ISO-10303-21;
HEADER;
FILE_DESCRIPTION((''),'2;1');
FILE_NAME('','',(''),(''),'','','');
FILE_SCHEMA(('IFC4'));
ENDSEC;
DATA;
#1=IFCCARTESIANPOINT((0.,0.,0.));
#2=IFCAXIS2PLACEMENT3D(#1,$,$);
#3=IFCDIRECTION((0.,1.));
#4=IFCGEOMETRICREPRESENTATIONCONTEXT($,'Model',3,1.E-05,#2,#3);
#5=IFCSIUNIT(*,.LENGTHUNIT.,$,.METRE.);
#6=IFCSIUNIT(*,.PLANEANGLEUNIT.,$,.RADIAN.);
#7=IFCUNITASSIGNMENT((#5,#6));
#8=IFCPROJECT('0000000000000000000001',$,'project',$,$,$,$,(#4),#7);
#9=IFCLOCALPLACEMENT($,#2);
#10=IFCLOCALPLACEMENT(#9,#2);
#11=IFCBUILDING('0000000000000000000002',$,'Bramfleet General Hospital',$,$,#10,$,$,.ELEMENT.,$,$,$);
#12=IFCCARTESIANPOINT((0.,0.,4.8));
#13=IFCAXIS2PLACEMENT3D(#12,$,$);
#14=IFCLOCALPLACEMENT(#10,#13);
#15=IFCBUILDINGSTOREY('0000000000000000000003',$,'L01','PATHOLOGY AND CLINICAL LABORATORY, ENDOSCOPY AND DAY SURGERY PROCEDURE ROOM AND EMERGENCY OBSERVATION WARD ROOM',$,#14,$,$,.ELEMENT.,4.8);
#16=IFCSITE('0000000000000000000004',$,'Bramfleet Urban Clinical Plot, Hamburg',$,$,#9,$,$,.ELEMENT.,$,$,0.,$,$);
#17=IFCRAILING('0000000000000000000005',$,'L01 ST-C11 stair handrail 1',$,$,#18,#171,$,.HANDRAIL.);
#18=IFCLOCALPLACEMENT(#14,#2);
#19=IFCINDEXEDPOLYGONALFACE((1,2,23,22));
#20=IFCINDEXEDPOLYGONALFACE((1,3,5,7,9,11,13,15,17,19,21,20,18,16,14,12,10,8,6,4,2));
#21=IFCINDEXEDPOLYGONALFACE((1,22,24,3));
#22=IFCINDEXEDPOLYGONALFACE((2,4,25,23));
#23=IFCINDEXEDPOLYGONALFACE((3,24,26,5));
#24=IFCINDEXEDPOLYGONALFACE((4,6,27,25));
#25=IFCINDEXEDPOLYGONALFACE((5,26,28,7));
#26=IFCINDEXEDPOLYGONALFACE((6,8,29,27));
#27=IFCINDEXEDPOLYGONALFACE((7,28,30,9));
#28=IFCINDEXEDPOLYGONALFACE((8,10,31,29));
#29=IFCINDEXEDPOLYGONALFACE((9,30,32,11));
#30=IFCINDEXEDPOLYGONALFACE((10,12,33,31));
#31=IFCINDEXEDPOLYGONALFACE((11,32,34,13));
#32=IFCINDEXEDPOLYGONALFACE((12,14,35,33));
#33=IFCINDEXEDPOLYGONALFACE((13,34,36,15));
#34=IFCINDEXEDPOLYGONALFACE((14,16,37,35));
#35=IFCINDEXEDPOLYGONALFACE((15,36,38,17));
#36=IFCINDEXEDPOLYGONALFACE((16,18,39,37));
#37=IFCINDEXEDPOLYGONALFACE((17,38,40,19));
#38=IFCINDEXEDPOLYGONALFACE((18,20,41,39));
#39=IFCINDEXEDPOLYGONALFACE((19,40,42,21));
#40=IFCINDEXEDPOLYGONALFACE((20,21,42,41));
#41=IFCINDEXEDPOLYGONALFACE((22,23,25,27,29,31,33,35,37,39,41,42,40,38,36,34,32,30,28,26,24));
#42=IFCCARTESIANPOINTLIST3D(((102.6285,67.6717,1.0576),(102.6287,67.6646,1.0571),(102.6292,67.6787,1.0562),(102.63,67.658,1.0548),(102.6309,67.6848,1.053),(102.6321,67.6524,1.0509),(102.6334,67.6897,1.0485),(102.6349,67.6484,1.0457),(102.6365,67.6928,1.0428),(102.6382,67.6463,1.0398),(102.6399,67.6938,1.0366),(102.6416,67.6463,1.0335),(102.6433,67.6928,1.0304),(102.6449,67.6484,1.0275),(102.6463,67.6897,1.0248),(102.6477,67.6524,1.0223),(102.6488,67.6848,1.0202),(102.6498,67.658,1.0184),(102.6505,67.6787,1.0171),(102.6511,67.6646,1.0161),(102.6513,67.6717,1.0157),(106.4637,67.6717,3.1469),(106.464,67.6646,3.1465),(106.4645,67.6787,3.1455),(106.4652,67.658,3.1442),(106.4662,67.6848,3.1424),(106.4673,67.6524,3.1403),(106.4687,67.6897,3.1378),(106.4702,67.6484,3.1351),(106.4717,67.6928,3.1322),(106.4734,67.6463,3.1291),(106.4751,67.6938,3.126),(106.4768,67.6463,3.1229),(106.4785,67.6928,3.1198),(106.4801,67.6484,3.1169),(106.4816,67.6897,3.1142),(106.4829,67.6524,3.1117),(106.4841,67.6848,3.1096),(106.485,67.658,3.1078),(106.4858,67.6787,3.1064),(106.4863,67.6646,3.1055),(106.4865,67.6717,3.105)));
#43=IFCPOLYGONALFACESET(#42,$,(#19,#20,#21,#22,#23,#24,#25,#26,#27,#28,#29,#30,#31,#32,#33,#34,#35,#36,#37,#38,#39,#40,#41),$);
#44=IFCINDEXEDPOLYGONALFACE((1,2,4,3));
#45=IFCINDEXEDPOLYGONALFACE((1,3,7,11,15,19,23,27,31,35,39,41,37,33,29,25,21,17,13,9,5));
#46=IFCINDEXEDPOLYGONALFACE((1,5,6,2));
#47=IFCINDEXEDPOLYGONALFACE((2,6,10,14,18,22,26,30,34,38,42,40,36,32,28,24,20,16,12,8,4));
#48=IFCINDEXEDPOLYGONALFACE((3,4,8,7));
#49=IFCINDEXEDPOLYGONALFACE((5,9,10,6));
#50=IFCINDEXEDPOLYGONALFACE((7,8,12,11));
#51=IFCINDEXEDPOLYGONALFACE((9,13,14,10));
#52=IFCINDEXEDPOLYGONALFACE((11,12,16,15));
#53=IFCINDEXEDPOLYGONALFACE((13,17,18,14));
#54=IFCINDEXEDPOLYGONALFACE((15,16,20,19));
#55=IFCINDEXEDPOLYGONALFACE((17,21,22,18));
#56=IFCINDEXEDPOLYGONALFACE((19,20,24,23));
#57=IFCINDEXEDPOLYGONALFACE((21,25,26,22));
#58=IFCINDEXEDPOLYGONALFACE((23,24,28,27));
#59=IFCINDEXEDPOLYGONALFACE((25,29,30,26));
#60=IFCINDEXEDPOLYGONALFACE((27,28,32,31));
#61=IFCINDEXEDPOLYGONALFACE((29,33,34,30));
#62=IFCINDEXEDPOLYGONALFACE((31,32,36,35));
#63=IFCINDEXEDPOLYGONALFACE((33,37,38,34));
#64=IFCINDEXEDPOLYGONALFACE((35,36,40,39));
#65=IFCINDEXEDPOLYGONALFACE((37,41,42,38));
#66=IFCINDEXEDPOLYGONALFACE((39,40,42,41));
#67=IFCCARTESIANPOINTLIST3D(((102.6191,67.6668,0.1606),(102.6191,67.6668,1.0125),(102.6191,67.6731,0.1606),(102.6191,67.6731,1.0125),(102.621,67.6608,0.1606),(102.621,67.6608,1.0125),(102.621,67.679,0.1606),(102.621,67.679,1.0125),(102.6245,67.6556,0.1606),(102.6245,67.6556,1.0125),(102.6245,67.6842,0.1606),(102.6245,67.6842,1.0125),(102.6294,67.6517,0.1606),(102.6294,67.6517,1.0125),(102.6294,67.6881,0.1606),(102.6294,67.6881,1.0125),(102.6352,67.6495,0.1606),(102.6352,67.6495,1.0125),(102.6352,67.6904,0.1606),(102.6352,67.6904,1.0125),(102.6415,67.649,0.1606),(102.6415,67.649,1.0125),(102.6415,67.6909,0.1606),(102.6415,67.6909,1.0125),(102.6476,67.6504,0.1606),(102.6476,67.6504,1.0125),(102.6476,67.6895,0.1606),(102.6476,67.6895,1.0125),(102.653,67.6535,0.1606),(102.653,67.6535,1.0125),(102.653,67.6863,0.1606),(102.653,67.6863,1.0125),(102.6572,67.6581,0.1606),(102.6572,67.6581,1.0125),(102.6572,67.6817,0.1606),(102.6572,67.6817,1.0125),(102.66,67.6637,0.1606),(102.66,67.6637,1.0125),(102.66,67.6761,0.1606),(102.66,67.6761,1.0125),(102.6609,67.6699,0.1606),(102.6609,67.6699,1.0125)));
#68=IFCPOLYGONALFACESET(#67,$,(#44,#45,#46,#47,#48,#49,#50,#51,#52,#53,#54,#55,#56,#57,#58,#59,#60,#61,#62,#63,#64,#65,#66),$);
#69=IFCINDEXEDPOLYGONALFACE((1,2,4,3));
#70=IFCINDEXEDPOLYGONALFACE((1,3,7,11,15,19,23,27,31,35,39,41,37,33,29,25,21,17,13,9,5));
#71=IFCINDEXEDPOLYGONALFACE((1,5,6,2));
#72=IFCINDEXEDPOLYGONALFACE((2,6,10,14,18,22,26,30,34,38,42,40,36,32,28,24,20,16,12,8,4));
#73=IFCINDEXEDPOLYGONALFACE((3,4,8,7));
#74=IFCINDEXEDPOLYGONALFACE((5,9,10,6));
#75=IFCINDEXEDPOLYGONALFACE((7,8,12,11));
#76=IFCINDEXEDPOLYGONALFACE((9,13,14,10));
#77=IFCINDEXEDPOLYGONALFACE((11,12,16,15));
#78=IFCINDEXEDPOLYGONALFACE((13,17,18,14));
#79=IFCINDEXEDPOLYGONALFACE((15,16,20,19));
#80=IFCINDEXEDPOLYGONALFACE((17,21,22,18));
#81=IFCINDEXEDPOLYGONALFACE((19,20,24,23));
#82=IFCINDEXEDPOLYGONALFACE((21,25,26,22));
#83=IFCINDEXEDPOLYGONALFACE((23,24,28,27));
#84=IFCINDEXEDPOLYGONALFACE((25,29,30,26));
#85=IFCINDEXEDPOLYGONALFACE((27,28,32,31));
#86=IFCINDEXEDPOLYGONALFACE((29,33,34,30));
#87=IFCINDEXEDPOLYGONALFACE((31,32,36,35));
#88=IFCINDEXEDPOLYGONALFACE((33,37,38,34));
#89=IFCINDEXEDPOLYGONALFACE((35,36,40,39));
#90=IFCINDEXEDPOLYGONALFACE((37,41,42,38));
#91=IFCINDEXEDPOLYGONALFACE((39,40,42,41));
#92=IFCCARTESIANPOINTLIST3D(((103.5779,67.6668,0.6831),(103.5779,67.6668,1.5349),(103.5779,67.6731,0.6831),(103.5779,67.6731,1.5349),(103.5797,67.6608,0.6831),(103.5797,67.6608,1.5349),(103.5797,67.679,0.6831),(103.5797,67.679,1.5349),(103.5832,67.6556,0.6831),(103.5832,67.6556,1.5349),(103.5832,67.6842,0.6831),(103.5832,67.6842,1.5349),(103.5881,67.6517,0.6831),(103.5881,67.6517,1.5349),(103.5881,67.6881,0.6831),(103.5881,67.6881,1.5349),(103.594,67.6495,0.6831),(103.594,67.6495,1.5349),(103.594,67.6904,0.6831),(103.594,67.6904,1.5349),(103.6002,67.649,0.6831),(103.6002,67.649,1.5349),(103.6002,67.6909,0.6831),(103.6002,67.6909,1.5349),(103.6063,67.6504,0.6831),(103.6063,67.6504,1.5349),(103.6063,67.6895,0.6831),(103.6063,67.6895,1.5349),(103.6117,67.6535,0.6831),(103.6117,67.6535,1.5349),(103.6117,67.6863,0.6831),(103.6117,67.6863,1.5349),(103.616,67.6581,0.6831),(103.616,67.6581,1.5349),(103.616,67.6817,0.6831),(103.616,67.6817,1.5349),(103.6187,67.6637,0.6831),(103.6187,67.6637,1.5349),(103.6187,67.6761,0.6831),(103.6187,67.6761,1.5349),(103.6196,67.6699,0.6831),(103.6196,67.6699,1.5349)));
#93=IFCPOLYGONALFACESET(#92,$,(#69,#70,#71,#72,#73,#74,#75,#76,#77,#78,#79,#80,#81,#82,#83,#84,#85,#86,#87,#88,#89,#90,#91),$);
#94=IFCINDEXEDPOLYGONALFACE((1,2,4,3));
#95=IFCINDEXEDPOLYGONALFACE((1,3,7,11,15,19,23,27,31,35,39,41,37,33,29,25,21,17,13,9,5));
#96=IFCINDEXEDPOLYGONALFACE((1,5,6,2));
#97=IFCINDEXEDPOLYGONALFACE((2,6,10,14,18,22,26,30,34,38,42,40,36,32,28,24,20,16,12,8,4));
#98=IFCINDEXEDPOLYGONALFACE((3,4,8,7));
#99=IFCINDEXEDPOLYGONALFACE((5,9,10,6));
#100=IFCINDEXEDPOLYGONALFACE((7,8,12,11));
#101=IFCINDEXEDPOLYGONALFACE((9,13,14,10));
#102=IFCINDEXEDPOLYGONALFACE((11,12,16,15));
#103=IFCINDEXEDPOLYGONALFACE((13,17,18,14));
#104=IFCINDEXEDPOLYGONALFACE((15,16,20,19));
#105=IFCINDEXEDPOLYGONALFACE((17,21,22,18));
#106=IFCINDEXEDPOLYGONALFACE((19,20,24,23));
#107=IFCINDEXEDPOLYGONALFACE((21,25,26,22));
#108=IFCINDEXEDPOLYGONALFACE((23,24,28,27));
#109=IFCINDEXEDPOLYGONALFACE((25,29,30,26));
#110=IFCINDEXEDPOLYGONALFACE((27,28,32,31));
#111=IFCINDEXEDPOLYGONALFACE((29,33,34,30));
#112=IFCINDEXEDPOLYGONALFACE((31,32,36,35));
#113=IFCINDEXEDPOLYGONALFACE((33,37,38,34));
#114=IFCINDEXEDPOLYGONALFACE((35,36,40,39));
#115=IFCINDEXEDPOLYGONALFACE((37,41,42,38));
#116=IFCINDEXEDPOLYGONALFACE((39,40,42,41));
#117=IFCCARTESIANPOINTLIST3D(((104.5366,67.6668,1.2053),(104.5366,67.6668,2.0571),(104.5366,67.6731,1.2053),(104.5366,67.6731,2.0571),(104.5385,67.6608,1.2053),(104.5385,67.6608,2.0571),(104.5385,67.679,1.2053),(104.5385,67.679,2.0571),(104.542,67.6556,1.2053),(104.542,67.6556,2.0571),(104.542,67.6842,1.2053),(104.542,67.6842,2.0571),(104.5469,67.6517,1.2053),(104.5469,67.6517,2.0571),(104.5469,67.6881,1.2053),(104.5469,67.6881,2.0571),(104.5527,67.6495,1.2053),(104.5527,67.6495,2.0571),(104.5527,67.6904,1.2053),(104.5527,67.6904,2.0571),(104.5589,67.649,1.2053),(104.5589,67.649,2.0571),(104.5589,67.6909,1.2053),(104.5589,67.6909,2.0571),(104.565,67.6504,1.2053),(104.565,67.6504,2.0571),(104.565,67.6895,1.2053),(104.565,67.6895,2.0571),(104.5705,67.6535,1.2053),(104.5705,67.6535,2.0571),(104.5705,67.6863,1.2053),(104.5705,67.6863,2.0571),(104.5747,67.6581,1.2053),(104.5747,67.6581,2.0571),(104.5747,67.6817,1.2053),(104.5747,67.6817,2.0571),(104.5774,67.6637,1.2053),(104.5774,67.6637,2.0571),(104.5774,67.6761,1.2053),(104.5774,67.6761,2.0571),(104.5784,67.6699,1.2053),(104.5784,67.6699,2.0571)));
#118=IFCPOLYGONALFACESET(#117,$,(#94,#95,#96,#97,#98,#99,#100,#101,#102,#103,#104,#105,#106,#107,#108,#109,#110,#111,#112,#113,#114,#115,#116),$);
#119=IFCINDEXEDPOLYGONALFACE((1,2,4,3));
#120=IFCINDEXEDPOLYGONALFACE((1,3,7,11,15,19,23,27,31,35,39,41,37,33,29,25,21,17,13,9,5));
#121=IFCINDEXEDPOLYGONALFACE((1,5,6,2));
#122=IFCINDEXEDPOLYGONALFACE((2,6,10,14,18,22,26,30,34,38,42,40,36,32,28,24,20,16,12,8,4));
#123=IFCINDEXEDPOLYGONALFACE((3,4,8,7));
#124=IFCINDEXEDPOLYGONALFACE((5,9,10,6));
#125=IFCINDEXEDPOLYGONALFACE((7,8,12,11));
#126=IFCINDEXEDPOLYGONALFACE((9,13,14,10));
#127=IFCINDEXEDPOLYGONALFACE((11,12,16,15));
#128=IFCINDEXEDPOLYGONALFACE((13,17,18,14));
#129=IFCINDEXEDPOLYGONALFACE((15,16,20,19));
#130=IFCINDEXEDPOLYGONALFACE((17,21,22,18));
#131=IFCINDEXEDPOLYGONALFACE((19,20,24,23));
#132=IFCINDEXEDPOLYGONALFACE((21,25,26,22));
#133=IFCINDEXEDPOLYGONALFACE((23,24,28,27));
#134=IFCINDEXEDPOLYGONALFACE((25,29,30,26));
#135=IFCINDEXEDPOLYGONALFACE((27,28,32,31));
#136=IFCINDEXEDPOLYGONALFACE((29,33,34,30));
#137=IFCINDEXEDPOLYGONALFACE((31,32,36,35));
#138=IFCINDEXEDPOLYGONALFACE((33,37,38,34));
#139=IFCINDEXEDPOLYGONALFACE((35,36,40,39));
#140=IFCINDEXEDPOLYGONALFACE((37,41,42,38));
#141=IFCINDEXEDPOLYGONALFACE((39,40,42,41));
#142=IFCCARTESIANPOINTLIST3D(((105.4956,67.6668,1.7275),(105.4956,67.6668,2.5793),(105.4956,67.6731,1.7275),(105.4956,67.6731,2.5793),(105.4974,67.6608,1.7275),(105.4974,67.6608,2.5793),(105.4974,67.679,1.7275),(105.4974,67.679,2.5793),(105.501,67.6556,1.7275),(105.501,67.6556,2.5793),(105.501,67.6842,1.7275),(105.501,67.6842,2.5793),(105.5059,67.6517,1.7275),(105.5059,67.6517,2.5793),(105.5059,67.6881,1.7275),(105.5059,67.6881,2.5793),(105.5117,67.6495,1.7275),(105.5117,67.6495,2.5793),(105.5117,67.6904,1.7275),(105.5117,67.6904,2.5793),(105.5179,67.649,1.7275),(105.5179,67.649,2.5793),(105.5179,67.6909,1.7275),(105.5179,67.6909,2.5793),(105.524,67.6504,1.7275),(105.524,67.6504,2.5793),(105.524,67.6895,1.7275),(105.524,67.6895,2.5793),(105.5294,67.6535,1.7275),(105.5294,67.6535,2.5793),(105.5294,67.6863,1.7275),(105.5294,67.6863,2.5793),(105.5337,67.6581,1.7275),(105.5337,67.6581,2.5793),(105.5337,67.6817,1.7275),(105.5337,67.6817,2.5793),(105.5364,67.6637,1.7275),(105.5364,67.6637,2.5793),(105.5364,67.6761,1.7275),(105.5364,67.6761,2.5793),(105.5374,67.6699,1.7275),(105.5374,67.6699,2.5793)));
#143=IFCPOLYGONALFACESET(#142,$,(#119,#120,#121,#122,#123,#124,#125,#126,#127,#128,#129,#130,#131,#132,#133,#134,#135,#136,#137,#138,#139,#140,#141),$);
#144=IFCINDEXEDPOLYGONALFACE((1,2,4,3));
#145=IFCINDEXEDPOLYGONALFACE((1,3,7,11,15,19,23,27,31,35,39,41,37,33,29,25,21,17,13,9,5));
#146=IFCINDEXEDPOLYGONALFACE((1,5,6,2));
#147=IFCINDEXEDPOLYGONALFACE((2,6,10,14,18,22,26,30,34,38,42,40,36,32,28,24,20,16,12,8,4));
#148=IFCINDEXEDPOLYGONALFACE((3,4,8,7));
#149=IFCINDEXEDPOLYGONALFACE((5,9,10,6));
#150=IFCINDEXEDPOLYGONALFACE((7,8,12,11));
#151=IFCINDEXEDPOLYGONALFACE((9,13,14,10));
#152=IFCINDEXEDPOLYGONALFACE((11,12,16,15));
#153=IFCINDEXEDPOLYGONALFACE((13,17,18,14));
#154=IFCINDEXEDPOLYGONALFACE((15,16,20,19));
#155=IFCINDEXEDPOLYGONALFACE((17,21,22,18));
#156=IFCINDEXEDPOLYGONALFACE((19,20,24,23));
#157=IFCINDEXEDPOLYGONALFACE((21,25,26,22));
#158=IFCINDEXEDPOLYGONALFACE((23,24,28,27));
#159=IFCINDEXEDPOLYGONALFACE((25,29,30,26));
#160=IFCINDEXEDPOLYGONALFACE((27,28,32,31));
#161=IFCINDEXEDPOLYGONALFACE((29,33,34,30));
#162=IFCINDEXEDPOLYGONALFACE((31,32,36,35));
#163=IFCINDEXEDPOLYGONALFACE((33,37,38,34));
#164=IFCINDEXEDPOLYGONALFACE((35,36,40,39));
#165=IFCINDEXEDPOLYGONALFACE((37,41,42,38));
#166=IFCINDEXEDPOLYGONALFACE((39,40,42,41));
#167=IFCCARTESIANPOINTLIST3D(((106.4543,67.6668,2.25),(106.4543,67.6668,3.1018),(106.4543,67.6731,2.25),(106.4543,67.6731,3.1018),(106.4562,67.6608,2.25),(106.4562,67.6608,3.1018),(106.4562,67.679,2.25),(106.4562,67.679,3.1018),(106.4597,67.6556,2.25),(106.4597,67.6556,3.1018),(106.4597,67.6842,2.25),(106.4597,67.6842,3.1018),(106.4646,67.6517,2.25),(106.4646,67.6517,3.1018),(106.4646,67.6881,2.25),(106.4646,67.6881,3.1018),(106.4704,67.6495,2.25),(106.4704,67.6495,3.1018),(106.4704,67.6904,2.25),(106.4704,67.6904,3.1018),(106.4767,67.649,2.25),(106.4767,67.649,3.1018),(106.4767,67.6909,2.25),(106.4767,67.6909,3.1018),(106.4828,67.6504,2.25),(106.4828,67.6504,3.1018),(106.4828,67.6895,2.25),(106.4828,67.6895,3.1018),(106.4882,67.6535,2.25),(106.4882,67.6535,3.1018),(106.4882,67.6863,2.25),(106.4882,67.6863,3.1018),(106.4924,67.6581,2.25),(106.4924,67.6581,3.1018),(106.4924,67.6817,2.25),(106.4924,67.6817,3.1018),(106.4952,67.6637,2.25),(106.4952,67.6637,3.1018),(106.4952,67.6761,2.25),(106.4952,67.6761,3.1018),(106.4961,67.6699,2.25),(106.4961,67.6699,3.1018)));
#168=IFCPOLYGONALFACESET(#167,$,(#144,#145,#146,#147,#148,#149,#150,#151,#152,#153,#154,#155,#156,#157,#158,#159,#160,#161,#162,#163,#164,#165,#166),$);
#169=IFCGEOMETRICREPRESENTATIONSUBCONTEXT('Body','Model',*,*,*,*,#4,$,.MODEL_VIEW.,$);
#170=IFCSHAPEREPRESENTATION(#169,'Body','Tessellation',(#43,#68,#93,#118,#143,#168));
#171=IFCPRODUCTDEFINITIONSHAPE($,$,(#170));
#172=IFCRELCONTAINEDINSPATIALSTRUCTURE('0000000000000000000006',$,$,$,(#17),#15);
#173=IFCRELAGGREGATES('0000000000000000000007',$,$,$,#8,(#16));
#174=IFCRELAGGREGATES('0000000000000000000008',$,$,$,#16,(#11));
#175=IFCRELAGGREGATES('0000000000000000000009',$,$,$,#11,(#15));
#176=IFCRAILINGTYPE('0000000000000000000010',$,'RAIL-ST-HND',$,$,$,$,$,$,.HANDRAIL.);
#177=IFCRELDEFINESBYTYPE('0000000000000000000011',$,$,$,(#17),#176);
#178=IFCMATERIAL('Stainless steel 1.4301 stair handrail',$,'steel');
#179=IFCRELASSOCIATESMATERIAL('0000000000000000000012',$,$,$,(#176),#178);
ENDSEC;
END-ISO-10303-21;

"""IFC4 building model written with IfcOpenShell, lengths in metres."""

from ifc_helpers import new_model, si_unit, direction, frame, origin, origin_2d, place, context, subcontext, project, spatial, circle, extrude, material, type_object, element, save


model = new_model("IFC4")

# Units and contexts
model_context = context("Model", 3, precision=1e-05, world=origin(), true_north=direction((0.0, 1.0)))
body_context = subcontext(model_context, "Body", "Model", "MODEL_VIEW")
ifc_project = project(units=[si_unit("LENGTHUNIT", "METRE"), si_unit("PLANEANGLEUNIT", "RADIAN")], contexts=[model_context])

# Site, building, storey
site_placement = place(None, origin())
site = spatial("IfcSite", under=ifc_project, at=site_placement, Name="Bramfleet Urban Clinical Plot, Hamburg", CompositionType="ELEMENT", RefElevation=0.0)
building_placement = place(site_placement, origin())
building = spatial("IfcBuilding", under=site, at=building_placement, Name="Bramfleet General Hospital", CompositionType="ELEMENT")
storey_placement = place(building_placement, frame((0.0, 0.0, 4.8)))
storey = spatial("IfcBuildingStorey", under=building, at=storey_placement, Name="L01", Description="PATHOLOGY AND CLINICAL LABORATORY, ENDOSCOPY AND DAY SURGERY PROCEDURE ROOM AND EMERGENCY OBSERVATION WARD ROOM", CompositionType="ELEMENT", Elevation=4.8)

# Railing
ifc_material_1 = material(Name="Stainless steel 1.4301 stair handrail", Category="steel")
railing_type_1 = type_object("IfcRailingType", Name="RAIL-ST-HND", PredefinedType="HANDRAIL", material=ifc_material_1)
railing_1_placement = place(storey_placement, frame((102.6399, 67.6699, 0.1606)))
element("IfcRailing", 1, at=railing_1_placement, inside=storey, type_object=railing_type_1, Name="L01 ST-C11 stair handrail 1", PredefinedType="HANDRAIL", context=body_context, shape_type="SweptSolid", body=[
    extrude(circle(Radius=0.0239, at=origin_2d()), frame((0.0, 0.0, 0.876), z_axis=(0.878143, 0.0, 0.478398), x_axis=(0.0, 1.0, 0.0)), (0.0, 0.0, 1.0), 4.3674),
    extrude(circle(Radius=0.021, at=origin_2d()), origin(), (0.0, 0.0, 1.0), 0.8518),
    extrude(circle(Radius=0.021, at=origin_2d()), frame((0.9587, 0.0, 0.5225)), (0.0, 0.0, 1.0), 0.8518),
    extrude(circle(Radius=0.021, at=origin_2d()), frame((1.9175, 0.0, 1.0447)), (0.0, 0.0, 1.0), 0.8518),
    extrude(circle(Radius=0.021, at=origin_2d()), frame((2.8765, 0.0, 1.5669)), (0.0, 0.0, 1.0), 0.8518),
    extrude(circle(Radius=0.021, at=origin_2d()), frame((3.8352, 0.0, 2.0894)), (0.0, 0.0, 1.0), 0.8518),
])

save(model, "model.ifc")
